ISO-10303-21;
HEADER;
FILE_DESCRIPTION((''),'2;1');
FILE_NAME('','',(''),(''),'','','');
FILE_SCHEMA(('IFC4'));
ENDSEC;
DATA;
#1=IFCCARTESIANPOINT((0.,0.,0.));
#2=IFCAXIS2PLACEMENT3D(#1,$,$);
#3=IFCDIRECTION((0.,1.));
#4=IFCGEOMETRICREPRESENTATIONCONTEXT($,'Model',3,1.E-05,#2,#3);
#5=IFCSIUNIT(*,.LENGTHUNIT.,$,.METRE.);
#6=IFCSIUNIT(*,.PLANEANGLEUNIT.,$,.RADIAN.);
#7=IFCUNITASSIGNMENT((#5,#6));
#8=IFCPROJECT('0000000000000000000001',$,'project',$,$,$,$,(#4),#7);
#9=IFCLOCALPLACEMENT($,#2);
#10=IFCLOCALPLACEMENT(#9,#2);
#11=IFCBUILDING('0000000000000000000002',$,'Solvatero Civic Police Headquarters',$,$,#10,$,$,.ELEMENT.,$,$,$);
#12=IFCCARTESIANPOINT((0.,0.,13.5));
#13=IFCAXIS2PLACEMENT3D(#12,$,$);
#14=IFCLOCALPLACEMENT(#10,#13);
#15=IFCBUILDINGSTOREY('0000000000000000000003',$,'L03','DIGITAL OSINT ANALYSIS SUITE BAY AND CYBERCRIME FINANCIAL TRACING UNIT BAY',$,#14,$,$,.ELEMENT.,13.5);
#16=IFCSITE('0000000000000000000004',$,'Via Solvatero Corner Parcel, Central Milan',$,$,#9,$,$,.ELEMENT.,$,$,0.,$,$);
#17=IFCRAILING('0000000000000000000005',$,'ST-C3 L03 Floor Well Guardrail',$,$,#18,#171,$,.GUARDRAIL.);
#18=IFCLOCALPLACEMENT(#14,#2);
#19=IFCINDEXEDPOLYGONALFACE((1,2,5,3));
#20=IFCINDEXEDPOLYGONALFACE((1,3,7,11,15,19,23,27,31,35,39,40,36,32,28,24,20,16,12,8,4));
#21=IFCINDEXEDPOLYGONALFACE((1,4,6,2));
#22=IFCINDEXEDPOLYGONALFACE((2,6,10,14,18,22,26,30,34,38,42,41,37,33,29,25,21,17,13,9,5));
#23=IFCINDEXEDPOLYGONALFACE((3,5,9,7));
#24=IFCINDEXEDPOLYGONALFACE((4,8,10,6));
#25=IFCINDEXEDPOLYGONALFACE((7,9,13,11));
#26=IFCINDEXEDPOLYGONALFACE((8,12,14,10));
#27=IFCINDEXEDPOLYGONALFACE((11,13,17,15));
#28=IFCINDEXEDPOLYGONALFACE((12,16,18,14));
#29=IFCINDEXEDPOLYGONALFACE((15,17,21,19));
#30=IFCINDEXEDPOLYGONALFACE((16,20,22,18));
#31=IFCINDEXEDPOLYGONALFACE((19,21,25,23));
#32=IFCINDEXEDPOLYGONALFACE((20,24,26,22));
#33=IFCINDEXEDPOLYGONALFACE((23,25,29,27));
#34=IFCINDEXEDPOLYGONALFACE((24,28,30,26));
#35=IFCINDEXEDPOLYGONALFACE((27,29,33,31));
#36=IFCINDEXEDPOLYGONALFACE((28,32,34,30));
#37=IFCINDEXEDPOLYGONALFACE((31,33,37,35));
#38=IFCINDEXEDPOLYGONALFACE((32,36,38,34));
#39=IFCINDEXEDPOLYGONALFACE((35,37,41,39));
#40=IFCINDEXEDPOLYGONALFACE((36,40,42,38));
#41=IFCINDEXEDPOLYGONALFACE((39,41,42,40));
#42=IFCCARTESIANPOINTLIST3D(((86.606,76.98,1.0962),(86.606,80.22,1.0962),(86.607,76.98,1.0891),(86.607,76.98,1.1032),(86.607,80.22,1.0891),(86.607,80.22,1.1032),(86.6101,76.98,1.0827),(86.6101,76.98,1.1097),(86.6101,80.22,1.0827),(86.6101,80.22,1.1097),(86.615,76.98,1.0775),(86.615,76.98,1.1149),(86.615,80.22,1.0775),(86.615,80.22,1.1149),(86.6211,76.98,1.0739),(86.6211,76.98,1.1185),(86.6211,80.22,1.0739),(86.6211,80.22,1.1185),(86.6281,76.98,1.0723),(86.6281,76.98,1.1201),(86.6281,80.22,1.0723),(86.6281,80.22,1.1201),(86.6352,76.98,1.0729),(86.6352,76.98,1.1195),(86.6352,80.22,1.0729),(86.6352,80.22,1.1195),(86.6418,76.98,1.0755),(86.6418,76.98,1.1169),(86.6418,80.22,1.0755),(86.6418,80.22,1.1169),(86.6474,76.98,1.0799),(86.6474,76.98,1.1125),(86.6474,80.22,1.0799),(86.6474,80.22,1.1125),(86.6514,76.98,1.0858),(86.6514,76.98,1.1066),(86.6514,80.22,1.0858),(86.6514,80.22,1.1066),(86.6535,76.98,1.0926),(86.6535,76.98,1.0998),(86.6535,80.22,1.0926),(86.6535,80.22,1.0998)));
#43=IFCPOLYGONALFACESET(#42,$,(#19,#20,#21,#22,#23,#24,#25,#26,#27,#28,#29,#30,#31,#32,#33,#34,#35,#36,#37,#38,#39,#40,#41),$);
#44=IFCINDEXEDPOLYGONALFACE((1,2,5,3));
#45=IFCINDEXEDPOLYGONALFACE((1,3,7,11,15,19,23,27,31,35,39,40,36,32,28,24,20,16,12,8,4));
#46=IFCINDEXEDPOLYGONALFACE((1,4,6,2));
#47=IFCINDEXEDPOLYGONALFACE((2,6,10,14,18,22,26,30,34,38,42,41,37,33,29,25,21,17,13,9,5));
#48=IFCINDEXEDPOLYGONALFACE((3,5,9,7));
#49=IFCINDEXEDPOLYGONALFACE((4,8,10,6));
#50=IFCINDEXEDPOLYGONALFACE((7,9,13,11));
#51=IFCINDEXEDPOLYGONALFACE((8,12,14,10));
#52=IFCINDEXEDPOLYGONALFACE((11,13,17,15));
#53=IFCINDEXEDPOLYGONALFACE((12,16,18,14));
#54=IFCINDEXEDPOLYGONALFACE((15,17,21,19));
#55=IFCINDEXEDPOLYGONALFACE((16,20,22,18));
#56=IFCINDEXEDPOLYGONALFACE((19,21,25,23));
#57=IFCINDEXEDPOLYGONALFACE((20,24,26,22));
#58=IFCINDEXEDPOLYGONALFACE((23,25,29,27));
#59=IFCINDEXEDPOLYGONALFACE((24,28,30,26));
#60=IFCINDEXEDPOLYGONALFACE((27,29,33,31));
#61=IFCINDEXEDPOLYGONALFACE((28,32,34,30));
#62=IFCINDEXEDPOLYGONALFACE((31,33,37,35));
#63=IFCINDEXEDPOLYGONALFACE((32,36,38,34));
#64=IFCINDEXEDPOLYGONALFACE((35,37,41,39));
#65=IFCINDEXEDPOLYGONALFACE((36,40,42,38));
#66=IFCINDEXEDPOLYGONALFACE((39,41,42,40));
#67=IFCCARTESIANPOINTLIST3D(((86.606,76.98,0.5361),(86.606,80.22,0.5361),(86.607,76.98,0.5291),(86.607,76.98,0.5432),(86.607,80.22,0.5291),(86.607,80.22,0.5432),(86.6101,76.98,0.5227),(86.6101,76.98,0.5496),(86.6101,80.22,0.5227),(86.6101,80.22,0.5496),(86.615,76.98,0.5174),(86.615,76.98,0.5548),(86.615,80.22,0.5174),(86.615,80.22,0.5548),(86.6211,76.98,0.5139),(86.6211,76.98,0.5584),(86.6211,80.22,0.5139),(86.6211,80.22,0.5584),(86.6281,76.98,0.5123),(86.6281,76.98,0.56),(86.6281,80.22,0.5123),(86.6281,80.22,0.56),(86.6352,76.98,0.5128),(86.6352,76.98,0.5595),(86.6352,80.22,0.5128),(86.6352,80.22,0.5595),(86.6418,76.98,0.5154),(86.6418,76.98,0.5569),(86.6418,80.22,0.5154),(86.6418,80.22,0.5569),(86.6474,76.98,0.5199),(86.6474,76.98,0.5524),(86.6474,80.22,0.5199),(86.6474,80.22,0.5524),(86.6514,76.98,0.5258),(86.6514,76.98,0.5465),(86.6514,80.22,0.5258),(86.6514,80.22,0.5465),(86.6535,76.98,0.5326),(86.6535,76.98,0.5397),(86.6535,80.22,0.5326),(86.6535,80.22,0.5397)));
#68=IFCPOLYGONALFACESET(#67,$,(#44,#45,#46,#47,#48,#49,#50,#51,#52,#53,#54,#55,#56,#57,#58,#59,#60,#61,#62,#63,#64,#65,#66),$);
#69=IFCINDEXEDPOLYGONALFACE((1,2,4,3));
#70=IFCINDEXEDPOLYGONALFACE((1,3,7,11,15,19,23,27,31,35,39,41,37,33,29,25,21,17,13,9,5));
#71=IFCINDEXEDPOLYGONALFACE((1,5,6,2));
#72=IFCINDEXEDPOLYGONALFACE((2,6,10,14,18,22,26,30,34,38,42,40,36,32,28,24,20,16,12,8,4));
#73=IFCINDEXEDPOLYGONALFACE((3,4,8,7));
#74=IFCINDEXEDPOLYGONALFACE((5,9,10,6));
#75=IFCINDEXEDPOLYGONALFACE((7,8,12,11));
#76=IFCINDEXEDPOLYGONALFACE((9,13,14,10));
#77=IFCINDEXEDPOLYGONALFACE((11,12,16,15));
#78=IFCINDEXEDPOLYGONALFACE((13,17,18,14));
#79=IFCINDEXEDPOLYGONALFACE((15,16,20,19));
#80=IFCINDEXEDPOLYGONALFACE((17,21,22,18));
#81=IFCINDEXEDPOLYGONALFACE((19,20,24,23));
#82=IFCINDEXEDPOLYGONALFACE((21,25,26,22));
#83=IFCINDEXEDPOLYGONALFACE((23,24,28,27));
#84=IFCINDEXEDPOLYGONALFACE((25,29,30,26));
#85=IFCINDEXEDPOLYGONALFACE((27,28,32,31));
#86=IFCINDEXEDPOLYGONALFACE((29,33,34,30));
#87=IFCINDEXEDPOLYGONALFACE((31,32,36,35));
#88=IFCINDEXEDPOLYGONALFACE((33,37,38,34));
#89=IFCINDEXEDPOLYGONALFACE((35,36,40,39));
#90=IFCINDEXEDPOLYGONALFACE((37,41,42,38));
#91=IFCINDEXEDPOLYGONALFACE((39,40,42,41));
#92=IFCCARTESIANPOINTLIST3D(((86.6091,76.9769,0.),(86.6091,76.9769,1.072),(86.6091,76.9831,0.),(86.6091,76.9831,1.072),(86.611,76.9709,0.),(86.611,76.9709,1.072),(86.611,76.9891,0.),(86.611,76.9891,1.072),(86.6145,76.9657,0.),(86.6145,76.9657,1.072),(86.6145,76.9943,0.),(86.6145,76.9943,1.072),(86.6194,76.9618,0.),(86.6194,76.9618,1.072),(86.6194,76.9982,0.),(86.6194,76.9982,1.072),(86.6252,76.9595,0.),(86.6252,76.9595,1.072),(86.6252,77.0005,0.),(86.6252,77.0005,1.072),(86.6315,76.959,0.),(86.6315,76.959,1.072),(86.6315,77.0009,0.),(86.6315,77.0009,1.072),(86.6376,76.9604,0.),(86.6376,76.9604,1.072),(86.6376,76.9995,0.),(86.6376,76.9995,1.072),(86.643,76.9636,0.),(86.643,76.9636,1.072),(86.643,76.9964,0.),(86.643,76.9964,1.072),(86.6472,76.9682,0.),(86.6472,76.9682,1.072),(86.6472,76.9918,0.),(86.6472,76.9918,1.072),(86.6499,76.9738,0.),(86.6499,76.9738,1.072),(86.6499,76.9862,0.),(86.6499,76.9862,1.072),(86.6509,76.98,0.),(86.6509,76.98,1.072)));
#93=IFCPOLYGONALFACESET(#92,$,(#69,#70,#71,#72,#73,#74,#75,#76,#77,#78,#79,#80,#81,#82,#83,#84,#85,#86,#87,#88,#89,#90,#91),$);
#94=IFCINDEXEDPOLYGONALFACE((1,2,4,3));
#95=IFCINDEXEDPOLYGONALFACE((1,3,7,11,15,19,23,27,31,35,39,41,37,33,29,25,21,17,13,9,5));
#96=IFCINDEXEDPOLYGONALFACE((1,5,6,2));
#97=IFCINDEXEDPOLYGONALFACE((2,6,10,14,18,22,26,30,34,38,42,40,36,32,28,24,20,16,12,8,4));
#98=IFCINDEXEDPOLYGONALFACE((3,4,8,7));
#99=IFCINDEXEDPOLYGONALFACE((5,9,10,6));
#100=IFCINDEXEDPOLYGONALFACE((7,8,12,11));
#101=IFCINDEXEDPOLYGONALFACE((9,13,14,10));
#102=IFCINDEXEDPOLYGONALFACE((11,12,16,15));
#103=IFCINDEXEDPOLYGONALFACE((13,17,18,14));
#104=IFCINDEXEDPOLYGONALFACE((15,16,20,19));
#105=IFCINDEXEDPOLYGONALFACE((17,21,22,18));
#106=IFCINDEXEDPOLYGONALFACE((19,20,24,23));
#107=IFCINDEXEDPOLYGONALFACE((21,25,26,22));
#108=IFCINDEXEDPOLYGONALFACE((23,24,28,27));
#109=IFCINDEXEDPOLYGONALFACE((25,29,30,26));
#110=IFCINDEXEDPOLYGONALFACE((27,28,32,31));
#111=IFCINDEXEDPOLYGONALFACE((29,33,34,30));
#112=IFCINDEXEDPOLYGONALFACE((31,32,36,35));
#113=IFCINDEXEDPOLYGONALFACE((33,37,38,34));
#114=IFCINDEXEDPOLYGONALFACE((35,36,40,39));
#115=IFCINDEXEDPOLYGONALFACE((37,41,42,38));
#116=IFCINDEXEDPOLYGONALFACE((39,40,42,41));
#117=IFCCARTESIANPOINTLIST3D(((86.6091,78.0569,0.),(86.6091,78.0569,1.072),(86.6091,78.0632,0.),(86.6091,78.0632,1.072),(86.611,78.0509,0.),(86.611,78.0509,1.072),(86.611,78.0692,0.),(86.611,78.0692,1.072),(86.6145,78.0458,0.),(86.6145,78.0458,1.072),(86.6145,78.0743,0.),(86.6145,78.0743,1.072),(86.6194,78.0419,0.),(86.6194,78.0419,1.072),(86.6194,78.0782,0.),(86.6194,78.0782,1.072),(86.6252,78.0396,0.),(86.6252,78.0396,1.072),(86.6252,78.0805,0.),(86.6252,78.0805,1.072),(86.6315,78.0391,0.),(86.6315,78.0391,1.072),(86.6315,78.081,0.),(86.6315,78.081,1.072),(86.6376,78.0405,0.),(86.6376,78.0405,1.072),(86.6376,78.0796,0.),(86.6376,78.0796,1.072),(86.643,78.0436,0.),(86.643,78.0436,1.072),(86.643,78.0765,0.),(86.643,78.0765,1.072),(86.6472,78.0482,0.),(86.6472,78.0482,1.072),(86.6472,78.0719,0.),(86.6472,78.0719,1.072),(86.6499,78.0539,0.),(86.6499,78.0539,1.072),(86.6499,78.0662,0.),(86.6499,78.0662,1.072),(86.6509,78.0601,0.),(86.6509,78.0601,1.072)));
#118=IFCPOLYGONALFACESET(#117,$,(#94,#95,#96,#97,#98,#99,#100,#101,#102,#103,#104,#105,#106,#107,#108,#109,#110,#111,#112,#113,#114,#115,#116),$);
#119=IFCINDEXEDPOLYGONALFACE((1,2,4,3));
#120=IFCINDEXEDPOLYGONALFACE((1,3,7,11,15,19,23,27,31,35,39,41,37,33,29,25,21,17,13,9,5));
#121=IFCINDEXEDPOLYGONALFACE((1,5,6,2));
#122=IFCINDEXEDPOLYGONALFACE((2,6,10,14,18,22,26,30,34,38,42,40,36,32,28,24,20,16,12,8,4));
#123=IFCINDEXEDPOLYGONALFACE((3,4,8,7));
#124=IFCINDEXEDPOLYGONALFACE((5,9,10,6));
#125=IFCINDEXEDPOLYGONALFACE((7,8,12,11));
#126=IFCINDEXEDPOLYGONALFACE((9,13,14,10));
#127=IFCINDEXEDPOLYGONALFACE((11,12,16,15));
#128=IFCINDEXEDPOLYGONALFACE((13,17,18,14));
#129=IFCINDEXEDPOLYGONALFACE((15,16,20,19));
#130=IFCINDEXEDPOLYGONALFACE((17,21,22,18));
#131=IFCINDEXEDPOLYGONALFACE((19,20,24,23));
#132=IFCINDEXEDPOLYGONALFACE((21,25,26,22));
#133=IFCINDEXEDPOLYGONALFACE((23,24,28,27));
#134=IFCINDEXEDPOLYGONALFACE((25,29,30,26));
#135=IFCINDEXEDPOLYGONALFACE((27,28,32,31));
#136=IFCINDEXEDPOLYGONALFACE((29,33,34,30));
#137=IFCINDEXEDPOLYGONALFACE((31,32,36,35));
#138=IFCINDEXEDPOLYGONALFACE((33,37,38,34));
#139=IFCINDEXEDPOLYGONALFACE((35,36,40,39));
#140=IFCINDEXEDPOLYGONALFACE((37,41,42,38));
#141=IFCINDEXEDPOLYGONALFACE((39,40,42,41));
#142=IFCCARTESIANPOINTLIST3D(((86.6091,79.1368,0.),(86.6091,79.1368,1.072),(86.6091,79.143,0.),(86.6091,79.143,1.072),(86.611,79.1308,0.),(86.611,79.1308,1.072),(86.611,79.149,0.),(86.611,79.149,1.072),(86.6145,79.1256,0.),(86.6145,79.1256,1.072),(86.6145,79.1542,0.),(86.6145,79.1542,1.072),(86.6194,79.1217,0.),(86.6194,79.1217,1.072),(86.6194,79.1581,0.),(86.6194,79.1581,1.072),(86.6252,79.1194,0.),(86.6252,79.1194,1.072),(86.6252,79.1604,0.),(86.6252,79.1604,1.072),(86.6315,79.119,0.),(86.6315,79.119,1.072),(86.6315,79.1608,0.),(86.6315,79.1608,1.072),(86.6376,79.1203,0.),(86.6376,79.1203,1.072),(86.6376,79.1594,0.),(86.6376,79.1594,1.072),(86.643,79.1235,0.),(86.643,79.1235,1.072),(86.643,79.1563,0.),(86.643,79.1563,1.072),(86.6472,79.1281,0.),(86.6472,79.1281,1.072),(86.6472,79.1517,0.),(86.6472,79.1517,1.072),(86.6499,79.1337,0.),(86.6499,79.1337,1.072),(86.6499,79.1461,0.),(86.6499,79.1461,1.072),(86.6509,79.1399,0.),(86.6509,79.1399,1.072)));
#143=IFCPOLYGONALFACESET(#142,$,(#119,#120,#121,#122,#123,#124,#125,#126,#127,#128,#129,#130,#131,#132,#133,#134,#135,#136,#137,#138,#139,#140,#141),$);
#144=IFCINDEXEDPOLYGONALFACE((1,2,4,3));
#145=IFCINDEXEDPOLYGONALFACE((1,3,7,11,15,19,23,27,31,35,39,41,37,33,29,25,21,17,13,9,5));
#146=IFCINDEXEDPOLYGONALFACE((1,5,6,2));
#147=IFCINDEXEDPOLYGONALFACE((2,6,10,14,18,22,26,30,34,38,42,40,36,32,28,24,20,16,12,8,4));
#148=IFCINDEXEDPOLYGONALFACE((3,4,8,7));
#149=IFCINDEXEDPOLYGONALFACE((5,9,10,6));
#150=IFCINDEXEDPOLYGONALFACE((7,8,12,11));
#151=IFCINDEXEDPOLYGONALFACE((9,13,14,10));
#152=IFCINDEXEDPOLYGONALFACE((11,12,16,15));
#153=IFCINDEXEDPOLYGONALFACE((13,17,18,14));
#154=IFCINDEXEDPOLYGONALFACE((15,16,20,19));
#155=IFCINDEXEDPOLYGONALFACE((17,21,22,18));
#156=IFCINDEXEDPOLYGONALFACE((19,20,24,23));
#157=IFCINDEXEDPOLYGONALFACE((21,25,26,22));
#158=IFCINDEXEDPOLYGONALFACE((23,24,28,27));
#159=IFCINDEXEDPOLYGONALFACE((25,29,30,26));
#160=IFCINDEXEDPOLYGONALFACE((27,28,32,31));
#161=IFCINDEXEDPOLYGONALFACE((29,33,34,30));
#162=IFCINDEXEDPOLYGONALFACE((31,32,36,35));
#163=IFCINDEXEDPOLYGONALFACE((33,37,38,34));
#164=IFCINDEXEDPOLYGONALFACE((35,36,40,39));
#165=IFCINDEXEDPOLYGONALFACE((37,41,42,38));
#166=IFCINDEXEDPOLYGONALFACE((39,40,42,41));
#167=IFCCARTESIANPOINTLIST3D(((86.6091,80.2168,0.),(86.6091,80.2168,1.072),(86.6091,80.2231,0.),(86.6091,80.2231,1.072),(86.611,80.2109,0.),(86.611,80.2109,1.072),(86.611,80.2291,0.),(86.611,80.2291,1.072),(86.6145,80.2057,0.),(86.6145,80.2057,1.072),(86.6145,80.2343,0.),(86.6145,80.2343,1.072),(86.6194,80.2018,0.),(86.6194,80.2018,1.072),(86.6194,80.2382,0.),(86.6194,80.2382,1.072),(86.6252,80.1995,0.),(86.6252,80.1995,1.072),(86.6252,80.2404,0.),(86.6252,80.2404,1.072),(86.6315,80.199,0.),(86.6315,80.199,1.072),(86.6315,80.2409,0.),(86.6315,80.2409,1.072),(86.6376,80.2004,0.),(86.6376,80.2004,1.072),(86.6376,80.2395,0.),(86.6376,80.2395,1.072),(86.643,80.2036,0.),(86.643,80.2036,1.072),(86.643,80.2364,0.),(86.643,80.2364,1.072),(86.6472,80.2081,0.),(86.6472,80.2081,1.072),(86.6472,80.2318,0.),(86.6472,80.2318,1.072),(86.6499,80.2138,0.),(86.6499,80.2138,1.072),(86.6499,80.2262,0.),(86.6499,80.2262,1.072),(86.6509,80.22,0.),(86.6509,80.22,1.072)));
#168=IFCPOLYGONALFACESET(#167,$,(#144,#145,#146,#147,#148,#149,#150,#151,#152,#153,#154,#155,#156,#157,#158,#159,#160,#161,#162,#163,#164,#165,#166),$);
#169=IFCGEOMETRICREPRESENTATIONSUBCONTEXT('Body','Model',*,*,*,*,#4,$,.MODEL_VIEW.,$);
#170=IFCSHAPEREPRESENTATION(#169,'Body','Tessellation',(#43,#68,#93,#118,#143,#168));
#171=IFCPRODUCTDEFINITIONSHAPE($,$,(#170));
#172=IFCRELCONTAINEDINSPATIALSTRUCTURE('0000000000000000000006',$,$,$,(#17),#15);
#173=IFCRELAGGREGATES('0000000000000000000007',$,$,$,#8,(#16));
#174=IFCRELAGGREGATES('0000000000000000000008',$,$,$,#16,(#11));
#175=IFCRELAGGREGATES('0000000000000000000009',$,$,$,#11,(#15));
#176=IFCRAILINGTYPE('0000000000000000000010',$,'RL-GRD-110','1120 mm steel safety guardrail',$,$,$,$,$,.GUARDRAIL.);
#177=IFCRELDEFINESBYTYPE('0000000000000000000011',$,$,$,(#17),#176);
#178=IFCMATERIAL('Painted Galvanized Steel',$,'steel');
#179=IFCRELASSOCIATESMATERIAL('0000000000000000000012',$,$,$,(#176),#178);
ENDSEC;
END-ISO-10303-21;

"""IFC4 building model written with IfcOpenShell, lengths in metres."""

from ifc_helpers import new_model, si_unit, direction, frame, origin, origin_2d, place, context, subcontext, project, spatial, circle, extrude, material, type_object, element, save


model = new_model("IFC4")

# Units and contexts
model_context = context("Model", 3, precision=1e-05, world=origin(), true_north=direction((0.0, 1.0)))
body_context = subcontext(model_context, "Body", "Model", "MODEL_VIEW")
ifc_project = project(units=[si_unit("LENGTHUNIT", "METRE"), si_unit("PLANEANGLEUNIT", "RADIAN")], contexts=[model_context])

# Site, building, storey
site_placement = place(None, origin())
site = spatial("IfcSite", under=ifc_project, at=site_placement, Name="Via Solvatero Corner Parcel, Central Milan", CompositionType="ELEMENT", RefElevation=0.0)
building_placement = place(site_placement, origin())
building = spatial("IfcBuilding", under=site, at=building_placement, Name="Solvatero Civic Police Headquarters", CompositionType="ELEMENT")
storey_placement = place(building_placement, frame((0.0, 0.0, 13.5)))
storey = spatial("IfcBuildingStorey", under=building, at=storey_placement, Name="L03", Description="DIGITAL OSINT ANALYSIS SUITE BAY AND CYBERCRIME FINANCIAL TRACING UNIT BAY", CompositionType="ELEMENT", Elevation=13.5)

# Railing
ifc_material_1 = material(Name="Painted Galvanized Steel", Category="steel")
railing_type_1 = type_object("IfcRailingType", Name="RL-GRD-110", Description="1120 mm steel safety guardrail", PredefinedType="GUARDRAIL", material=ifc_material_1)
railing_1_placement = place(storey_placement, frame((86.6299, 76.98, 0.0)))
element("IfcRailing", 1, at=railing_1_placement, inside=storey, type_object=railing_type_1, Name="ST-C3 L03 Floor Well Guardrail", PredefinedType="GUARDRAIL", context=body_context, shape_type="SweptSolid", body=[
    extrude(circle(Radius=0.0239, at=origin_2d()), frame((0.0, 0.0, 1.0962), z_axis=(0.0, 1.0, 0.0), x_axis=(-1.0, 0.0, 0.0)), (0.0, 0.0, 1.0), 3.24),
    extrude(circle(Radius=0.0239, at=origin_2d()), frame((0.0, 0.0, 0.5361), z_axis=(0.0, 1.0, 0.0), x_axis=(-1.0, 0.0, 0.0)), (0.0, 0.0, 1.0), 3.24),
    extrude(circle(Radius=0.021, at=origin_2d()), origin(), (0.0, 0.0, 1.0), 1.072),
    extrude(circle(Radius=0.021, at=origin_2d()), frame((0.0, 1.0801, 0.0)), (0.0, 0.0, 1.0), 1.072),
    extrude(circle(Radius=0.021, at=origin_2d()), frame((0.0, 2.1599, 0.0)), (0.0, 0.0, 1.0), 1.072),
    extrude(circle(Radius=0.021, at=origin_2d()), frame((0.0, 3.24, 0.0)), (0.0, 0.0, 1.0), 1.072),
])

save(model, "model.ifc")
